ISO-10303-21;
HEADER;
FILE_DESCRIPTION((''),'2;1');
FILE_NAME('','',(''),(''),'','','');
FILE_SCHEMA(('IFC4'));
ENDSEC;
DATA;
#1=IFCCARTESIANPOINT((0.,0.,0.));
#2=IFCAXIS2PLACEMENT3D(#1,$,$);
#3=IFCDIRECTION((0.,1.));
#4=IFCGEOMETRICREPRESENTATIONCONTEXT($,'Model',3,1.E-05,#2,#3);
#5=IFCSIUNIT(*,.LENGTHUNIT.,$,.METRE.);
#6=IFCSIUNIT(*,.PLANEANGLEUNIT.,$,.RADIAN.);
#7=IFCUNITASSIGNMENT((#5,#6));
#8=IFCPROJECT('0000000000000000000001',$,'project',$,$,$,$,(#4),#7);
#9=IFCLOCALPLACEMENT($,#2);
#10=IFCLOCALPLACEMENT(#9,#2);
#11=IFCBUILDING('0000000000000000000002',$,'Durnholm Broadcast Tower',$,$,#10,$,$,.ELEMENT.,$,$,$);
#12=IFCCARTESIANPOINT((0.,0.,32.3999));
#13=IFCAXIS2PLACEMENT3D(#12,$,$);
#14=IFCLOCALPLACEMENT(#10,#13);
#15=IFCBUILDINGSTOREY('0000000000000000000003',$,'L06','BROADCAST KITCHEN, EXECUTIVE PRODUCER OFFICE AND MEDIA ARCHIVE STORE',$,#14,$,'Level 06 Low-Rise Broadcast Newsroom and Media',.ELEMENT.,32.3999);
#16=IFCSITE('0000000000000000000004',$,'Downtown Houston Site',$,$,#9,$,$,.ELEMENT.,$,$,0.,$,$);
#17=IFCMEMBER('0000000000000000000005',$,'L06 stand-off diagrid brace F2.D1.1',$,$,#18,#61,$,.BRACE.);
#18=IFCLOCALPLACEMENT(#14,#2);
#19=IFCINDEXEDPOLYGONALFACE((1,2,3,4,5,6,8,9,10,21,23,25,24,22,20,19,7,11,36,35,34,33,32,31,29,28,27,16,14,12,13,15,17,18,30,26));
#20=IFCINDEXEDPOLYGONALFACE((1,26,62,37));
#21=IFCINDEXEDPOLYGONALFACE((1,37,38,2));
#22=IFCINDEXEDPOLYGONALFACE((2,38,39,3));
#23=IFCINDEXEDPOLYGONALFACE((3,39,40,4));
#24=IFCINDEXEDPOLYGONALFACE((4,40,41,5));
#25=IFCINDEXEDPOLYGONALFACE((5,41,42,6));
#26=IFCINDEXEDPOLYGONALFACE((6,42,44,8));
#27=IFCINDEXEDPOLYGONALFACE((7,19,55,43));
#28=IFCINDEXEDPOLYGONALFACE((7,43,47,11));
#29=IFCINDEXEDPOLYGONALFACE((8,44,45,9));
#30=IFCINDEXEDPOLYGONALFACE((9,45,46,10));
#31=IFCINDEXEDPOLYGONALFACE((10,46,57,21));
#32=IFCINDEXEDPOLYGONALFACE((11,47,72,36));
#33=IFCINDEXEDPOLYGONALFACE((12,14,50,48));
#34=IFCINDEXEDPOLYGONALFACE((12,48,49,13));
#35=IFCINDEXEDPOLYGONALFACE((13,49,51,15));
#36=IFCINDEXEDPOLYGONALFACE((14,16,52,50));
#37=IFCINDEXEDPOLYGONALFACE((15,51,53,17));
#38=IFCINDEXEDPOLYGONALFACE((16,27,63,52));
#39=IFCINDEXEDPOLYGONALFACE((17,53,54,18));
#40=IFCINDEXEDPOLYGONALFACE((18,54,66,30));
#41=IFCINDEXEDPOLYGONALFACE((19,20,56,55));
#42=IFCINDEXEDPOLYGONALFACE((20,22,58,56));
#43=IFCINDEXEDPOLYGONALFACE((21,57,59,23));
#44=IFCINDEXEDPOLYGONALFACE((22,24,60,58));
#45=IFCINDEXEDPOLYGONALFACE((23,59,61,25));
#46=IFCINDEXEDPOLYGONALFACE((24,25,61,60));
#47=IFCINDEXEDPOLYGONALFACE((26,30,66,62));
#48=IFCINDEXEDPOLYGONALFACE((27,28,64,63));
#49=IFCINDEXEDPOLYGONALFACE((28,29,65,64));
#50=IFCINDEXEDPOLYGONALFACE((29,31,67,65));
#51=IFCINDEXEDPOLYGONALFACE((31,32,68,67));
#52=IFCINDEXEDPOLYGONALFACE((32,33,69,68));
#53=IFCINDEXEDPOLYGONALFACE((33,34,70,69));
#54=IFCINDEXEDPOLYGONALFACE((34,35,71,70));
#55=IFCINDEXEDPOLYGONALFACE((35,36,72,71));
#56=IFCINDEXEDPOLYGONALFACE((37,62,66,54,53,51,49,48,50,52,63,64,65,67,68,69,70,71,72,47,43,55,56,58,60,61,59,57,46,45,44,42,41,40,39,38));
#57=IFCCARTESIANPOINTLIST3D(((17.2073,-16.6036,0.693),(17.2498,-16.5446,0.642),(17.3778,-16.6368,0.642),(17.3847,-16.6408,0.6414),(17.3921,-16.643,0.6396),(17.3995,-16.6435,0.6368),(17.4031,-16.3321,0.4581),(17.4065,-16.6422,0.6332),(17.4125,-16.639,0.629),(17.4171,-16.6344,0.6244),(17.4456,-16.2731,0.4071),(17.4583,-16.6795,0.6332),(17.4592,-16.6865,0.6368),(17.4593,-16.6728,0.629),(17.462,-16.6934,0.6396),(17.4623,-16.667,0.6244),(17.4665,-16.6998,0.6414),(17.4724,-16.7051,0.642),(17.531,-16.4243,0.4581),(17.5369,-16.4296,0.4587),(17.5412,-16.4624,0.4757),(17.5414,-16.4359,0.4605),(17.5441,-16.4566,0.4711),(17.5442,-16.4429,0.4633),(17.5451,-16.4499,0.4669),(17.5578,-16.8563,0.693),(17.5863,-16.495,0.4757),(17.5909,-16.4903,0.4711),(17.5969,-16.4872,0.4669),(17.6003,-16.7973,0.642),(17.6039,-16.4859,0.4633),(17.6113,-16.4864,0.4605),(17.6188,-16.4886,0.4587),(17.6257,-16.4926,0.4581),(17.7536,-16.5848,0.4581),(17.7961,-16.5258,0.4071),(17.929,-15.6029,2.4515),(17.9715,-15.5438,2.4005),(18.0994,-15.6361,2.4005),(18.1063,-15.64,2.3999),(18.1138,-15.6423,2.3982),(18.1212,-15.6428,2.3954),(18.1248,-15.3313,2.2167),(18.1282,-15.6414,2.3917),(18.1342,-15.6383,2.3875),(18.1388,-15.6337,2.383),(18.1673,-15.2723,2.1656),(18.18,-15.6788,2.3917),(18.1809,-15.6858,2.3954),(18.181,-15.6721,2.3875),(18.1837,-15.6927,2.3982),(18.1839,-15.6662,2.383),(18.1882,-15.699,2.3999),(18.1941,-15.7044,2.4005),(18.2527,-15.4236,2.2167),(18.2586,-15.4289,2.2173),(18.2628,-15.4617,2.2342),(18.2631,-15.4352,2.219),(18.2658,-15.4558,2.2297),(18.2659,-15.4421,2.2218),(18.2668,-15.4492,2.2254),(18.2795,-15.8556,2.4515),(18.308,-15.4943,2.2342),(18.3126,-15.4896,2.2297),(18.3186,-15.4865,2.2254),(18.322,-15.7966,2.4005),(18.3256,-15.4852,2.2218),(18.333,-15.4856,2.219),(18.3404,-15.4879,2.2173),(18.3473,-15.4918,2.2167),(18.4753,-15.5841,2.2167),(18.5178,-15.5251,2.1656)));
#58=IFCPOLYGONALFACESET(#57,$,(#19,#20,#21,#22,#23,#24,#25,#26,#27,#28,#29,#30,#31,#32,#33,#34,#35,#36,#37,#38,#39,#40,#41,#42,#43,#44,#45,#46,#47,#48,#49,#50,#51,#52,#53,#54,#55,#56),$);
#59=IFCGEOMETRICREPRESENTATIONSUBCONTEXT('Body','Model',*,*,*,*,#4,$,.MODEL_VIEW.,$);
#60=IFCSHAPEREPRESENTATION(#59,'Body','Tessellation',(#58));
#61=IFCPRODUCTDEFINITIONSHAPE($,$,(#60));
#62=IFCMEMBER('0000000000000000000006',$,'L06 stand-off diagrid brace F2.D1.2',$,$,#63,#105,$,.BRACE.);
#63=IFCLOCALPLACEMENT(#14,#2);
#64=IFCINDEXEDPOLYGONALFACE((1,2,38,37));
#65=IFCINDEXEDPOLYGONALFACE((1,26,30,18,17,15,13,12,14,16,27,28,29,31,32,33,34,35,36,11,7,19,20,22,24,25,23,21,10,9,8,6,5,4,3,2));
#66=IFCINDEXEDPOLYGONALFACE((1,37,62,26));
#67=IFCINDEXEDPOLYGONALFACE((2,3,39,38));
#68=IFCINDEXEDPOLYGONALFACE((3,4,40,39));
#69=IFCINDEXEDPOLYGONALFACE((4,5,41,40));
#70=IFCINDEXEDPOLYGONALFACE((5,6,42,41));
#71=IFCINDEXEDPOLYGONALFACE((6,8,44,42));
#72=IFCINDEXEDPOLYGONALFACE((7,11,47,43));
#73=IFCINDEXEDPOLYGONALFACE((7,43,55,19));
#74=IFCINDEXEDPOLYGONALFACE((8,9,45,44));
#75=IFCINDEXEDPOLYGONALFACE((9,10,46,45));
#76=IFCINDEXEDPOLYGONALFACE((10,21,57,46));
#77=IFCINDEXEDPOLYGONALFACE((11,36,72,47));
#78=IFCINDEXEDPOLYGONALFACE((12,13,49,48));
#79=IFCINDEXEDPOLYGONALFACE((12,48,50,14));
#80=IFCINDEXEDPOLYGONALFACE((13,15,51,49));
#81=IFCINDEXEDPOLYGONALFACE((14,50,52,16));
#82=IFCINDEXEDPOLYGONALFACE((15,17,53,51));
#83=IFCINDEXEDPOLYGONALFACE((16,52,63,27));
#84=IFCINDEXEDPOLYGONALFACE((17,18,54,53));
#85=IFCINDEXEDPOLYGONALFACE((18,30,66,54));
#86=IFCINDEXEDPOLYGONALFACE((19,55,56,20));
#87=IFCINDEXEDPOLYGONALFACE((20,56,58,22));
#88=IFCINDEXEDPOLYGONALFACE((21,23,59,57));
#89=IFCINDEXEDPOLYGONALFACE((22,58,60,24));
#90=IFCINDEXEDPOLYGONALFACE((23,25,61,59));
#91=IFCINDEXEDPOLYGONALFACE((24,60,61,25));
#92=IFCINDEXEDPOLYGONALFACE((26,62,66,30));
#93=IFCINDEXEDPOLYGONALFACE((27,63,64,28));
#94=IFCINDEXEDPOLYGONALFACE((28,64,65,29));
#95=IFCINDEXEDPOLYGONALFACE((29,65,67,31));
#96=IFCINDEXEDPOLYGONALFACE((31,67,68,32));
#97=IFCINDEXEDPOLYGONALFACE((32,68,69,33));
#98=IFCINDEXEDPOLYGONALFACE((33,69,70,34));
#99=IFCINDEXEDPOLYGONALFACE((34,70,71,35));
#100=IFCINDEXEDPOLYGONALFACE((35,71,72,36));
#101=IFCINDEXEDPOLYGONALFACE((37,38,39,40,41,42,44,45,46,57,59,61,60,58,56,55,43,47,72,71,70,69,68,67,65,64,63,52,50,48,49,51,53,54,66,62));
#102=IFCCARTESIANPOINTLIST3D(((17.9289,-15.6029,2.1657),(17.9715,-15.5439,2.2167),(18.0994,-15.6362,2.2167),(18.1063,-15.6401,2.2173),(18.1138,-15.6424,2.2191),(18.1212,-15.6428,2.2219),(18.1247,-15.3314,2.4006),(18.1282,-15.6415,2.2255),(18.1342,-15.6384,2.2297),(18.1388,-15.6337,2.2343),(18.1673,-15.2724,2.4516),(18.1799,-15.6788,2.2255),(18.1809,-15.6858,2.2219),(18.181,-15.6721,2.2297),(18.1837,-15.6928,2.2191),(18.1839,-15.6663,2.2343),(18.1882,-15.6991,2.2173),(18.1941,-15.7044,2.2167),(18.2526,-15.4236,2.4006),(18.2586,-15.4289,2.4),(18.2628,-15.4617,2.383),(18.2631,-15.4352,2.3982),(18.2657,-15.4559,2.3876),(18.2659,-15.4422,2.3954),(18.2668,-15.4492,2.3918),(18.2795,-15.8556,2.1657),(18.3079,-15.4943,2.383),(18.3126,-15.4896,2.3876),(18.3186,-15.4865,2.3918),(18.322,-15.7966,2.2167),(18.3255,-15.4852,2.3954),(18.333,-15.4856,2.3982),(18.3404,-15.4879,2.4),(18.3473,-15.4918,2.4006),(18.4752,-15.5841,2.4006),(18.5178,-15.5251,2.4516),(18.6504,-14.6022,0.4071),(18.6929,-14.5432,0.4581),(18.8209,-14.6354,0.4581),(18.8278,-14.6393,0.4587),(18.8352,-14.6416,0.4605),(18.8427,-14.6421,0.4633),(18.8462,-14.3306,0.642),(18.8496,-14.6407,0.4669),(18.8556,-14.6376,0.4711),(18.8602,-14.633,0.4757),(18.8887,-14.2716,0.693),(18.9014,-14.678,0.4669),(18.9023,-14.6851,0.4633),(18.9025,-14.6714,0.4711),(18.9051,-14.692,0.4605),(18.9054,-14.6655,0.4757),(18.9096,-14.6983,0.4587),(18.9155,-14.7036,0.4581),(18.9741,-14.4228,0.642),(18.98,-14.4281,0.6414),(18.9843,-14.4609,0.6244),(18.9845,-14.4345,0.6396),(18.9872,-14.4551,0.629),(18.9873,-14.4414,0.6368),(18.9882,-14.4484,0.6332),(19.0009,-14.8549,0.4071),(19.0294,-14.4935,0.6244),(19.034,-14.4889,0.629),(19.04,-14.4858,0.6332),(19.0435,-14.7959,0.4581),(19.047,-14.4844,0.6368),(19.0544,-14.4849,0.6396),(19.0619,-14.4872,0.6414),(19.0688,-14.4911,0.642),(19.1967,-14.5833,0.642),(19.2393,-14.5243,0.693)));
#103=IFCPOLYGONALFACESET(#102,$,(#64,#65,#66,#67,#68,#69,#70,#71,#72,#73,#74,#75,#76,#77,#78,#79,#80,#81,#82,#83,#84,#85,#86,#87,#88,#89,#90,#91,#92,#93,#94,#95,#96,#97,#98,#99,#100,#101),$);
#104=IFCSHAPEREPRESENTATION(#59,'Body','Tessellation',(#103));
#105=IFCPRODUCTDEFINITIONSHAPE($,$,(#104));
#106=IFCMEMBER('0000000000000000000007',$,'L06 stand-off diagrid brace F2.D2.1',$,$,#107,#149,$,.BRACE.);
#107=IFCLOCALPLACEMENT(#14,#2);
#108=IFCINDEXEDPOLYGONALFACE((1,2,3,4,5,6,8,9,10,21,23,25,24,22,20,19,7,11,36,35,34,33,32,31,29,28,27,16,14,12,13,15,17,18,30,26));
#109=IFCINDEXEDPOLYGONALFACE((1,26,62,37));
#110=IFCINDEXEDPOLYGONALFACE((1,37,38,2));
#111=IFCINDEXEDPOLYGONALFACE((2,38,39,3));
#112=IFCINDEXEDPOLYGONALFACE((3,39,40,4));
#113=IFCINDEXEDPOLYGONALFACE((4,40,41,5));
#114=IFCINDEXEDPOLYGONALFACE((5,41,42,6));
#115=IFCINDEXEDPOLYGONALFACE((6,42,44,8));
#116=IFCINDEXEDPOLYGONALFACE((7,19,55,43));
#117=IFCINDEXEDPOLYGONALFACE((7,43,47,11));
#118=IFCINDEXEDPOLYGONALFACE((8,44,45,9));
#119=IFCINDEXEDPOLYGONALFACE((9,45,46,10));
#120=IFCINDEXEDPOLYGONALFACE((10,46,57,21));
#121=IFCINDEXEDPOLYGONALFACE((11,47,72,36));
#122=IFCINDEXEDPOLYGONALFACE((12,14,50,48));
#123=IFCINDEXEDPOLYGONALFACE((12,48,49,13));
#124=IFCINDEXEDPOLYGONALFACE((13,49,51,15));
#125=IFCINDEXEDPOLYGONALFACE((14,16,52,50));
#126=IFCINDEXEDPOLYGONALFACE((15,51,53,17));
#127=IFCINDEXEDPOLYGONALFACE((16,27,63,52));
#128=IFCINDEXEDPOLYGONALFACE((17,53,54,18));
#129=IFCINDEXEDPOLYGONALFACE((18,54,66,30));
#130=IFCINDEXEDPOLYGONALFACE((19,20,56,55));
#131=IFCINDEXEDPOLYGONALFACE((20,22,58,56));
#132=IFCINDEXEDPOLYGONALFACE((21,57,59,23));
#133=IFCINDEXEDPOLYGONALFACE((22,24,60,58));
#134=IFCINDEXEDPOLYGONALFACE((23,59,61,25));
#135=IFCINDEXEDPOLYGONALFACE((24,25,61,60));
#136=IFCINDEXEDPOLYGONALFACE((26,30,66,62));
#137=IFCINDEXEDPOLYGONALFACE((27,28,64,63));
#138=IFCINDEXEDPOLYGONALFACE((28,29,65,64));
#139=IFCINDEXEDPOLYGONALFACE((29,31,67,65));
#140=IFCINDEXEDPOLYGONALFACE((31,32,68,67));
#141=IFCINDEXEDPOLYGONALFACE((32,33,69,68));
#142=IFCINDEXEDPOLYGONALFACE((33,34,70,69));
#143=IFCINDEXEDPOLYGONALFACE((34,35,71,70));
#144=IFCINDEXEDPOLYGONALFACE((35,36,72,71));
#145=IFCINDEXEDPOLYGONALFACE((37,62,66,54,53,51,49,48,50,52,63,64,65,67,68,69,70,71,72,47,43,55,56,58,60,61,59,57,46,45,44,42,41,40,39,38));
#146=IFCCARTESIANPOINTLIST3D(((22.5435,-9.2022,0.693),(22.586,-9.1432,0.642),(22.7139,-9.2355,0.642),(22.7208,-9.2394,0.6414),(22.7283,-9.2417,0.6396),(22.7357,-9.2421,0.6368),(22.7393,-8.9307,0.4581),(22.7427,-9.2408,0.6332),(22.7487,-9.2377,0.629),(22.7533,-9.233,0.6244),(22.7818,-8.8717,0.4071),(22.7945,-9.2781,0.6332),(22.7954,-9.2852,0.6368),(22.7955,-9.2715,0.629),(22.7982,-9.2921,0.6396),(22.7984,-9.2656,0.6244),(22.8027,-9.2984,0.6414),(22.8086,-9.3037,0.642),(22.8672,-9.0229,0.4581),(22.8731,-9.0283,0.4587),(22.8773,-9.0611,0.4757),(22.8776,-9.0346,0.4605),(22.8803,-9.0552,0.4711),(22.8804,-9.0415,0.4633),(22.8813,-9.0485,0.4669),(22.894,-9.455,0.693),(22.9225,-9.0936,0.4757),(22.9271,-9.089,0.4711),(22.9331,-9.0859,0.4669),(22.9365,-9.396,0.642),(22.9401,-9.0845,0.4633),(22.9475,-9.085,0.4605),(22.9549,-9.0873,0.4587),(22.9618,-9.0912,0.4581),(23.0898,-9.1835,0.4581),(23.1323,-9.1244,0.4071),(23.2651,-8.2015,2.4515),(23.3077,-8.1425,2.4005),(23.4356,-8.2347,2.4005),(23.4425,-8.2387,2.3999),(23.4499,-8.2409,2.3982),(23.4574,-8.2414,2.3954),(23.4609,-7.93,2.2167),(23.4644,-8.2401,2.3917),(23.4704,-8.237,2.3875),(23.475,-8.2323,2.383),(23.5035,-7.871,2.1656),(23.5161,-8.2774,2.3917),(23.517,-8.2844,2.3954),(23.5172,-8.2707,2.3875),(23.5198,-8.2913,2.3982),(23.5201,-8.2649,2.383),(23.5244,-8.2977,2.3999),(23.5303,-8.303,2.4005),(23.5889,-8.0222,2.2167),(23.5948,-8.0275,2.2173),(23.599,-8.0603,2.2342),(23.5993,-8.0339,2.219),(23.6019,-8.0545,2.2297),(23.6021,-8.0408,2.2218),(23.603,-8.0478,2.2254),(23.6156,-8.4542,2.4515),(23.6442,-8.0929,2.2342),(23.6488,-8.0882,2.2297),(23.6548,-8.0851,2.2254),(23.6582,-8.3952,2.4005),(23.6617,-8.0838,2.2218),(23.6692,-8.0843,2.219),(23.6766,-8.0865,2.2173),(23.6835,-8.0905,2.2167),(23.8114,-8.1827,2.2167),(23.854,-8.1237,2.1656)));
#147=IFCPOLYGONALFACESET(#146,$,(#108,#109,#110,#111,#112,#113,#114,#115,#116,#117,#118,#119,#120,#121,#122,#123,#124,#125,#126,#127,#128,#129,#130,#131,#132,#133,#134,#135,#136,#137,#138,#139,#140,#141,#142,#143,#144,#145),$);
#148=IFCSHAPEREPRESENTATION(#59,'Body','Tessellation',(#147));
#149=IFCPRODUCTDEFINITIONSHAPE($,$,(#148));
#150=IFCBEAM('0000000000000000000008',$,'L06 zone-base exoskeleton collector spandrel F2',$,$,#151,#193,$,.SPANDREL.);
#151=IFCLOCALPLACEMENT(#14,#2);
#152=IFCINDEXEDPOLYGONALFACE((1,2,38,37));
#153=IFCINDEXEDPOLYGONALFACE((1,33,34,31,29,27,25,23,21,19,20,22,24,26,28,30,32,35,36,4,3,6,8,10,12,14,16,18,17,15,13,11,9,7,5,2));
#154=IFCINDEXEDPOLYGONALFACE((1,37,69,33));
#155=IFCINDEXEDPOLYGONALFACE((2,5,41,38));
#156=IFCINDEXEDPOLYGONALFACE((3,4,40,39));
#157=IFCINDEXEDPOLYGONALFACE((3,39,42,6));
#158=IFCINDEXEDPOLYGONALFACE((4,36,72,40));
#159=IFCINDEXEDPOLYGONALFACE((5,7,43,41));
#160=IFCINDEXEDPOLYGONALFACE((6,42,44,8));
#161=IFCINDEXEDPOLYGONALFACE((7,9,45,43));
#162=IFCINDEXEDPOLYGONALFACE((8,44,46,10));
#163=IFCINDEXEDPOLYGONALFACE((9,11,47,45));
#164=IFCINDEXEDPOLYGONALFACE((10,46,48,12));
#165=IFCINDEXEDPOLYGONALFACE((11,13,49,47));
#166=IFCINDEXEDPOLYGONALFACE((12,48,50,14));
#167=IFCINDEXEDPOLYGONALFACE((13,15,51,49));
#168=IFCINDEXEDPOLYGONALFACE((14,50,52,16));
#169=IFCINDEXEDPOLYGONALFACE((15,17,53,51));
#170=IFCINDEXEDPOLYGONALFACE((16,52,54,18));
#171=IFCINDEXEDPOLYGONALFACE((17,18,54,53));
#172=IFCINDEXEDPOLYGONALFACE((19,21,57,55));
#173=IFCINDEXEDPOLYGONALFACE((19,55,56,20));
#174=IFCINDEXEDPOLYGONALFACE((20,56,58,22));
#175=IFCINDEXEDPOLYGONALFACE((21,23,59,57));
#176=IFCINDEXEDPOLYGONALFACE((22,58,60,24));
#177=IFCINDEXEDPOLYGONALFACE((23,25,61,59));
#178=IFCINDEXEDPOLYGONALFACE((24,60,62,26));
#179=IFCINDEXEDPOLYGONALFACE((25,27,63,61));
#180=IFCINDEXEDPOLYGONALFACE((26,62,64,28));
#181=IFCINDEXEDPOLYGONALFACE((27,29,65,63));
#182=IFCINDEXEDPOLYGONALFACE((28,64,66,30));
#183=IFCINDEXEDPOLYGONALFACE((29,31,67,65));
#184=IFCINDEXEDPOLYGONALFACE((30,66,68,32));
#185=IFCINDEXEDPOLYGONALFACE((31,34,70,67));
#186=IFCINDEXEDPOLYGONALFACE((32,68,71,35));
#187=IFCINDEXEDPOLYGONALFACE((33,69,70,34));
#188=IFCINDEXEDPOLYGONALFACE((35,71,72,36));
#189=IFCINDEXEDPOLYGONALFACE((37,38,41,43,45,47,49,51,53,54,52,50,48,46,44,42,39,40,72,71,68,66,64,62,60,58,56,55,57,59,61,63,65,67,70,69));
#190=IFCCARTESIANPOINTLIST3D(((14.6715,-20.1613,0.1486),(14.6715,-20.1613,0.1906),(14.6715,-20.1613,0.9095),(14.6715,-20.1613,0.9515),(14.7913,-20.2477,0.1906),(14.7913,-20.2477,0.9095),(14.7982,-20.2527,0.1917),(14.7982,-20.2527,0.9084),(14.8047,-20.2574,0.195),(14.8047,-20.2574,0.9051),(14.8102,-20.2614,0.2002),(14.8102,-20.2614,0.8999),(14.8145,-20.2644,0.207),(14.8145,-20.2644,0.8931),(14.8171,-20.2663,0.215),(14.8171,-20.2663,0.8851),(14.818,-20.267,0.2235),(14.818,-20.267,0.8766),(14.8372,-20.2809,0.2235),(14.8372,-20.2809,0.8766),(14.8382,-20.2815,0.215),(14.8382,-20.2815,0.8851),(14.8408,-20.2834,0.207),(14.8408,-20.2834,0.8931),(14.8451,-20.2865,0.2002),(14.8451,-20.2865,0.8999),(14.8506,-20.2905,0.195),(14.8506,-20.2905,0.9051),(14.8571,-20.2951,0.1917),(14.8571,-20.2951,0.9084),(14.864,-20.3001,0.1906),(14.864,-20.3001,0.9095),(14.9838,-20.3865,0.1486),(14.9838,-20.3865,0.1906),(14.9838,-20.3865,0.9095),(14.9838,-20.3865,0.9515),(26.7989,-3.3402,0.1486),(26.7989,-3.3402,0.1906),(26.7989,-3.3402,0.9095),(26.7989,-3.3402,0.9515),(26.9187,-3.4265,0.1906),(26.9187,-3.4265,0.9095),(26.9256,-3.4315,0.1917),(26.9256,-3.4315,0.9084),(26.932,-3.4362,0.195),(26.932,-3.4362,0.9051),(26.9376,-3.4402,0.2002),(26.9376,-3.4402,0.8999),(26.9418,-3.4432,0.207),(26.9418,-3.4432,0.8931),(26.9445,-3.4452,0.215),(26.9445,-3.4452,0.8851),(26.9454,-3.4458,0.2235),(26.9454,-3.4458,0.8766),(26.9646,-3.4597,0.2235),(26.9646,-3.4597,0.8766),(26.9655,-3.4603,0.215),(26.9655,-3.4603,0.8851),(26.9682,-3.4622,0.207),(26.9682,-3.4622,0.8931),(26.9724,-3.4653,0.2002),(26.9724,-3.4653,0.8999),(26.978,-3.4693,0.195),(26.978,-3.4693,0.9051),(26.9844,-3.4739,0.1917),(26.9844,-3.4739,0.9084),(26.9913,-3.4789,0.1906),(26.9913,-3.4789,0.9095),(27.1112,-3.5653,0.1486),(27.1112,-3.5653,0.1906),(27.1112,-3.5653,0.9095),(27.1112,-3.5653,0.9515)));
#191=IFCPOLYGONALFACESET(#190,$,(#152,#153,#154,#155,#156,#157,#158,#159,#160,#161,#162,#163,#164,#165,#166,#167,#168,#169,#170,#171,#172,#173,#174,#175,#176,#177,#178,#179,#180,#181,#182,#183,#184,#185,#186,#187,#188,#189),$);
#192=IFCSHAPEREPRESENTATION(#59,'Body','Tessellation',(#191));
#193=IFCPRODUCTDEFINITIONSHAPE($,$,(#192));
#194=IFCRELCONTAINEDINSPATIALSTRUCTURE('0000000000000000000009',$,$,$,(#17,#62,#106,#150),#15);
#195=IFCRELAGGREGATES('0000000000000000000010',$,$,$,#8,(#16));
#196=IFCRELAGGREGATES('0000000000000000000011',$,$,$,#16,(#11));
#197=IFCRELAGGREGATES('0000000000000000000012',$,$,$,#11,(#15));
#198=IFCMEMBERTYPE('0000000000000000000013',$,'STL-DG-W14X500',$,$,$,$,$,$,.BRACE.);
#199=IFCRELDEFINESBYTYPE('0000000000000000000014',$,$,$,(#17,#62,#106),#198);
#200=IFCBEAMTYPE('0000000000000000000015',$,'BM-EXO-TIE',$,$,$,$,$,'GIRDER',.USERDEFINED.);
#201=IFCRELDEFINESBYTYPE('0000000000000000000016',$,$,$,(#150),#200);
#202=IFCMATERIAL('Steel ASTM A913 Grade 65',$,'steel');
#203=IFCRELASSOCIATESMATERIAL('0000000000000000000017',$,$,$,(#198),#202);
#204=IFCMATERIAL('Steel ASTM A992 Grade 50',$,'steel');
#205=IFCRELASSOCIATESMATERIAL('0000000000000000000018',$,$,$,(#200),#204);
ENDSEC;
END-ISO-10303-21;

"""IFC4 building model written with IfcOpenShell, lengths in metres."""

from ifc_helpers import new_model, si_unit, direction, frame, origin, origin_2d, place, context, subcontext, project, spatial, i_section, extrude, source, transform, mapped, material, material_profile, profile_set, type_object, type_shapes, element, save


model = new_model("IFC4")

# Units and contexts
model_context = context("Model", 3, precision=1e-05, world=origin(), true_north=direction((0.0, 1.0)))
body_context = subcontext(model_context, "Body", "Model", "MODEL_VIEW")
ifc_project = project(units=[si_unit("LENGTHUNIT", "METRE"), si_unit("PLANEANGLEUNIT", "RADIAN")], contexts=[model_context])

# Site, building, storey
site_placement = place(None, origin())
site = spatial("IfcSite", under=ifc_project, at=site_placement, Name="Downtown Houston Site", CompositionType="ELEMENT", RefElevation=0.0)
building_placement = place(site_placement, origin())
building = spatial("IfcBuilding", under=site, at=building_placement, Name="Durnholm Broadcast Tower", CompositionType="ELEMENT")
storey_placement = place(building_placement, frame((0.0, 0.0, 32.3999)))
storey = spatial("IfcBuildingStorey", under=building, at=storey_placement, Name="L06", Description="BROADCAST KITCHEN, EXECUTIVE PRODUCER OFFICE AND MEDIA ARCHIVE STORE", LongName="Level 06 Low-Rise Broadcast Newsroom and Media", CompositionType="ELEMENT", Elevation=32.3999)

# Members
ifc_material_1 = material(Name="Steel ASTM A913 Grade 65", Category="steel")
ifc_material_profile_1 = material_profile(ifc_material_1, i_section(OverallWidth=0.4321, OverallDepth=0.4978, WebThickness=0.0557, FlangeThickness=0.0889, FilletRadius=0.0305, at=origin_2d()), Name="W14X500")
ifc_profile_set_1 = profile_set([ifc_material_profile_1], Name="Steel ASTM A913 Grade 65")
member_type_1 = type_object("IfcMemberType", Name="STL-DG-W14X500", PredefinedType="BRACE", material=ifc_profile_set_1)
shared_shape_1 = source(origin(), body_context, "Body", "SweptSolid", [
    extrude(i_section(OverallWidth=0.4321, OverallDepth=0.4978, WebThickness=0.0557, FlangeThickness=0.0889, FilletRadius=0.0305, at=origin_2d()), origin(), (0.0, 0.0, 1.0), 2.1482),
])
type_shapes(member_type_1, [shared_shape_1])
for number, where, z_axis, x_axis, name in (
    (1, (17.5017, -16.5647, 0.55), (0.335946, 0.465847, 0.818613), (-0.811091, 0.58492, 0.0), "L06 stand-off diagrid brace F2.D1.1"),
    (2, (18.9448, -14.5632, 0.55), (-0.335845, -0.465865, 0.818644), (0.811185, -0.584789, 0.0), "L06 stand-off diagrid brace F2.D1.2"),
    (3, (22.8379, -9.1633, 0.55), (0.335946, 0.465847, 0.818613), (-0.811091, 0.58492, 0.0), "L06 stand-off diagrid brace F2.D2.1"),
):
    element("IfcMember", number, at=place(storey_placement, frame(where, z_axis=z_axis, x_axis=x_axis)), inside=storey, type_object=member_type_1, Name=name, PredefinedType="BRACE", context=body_context, shape_type="MappedRepresentation", body=[
        mapped(shared_shape_1, transform((0.0, 0.0, 0.0), x_axis=(1.0, 0.0, 0.0), y_axis=(0.0, 1.0, 0.0), z_axis=(0.0, 0.0, 1.0), scale=1.0)),
    ])

# Beam
ifc_material_2 = material(Name="Steel ASTM A992 Grade 50", Category="steel")
ifc_material_profile_2 = material_profile(ifc_material_2, i_section(OverallWidth=0.385, OverallDepth=0.803, WebThickness=0.0237, FlangeThickness=0.042, FilletRadius=0.033, at=origin_2d()), Name="W30X261")
ifc_profile_set_2 = profile_set([ifc_material_profile_2], Name="Steel ASTM A992 Grade 50")
beam_type = type_object("IfcBeamType", Name="BM-EXO-TIE", ElementType="GIRDER", PredefinedType="USERDEFINED", material=ifc_profile_set_2)
shared_shape_2 = source(origin(), body_context, "Body", "SweptSolid", [
    extrude(i_section(OverallWidth=0.385, OverallDepth=0.803, WebThickness=0.0237, FlangeThickness=0.042, FilletRadius=0.033, at=origin_2d()), origin(), (0.0, 0.0, 1.0), 20.7371),
])
type_shapes(beam_type, [shared_shape_2])
for number, where, z_axis, x_axis, name in (
    (4, (14.8276, -20.2739, 0.55), (0.584816, 0.811166, 0.0), (-0.811166, 0.584816, 0.0), "L06 zone-base exoskeleton collector spandrel F2"),
):
    element("IfcBeam", number, at=place(storey_placement, frame(where, z_axis=z_axis, x_axis=x_axis)), inside=storey, type_object=beam_type, Name=name, PredefinedType="SPANDREL", context=body_context, shape_type="MappedRepresentation", body=[
        mapped(shared_shape_2, transform((0.0, 0.0, 0.0), x_axis=(1.0, 0.0, 0.0), y_axis=(0.0, 1.0, 0.0), z_axis=(0.0, 0.0, 1.0), scale=1.0)),
    ])

save(model, "model.ifc")
